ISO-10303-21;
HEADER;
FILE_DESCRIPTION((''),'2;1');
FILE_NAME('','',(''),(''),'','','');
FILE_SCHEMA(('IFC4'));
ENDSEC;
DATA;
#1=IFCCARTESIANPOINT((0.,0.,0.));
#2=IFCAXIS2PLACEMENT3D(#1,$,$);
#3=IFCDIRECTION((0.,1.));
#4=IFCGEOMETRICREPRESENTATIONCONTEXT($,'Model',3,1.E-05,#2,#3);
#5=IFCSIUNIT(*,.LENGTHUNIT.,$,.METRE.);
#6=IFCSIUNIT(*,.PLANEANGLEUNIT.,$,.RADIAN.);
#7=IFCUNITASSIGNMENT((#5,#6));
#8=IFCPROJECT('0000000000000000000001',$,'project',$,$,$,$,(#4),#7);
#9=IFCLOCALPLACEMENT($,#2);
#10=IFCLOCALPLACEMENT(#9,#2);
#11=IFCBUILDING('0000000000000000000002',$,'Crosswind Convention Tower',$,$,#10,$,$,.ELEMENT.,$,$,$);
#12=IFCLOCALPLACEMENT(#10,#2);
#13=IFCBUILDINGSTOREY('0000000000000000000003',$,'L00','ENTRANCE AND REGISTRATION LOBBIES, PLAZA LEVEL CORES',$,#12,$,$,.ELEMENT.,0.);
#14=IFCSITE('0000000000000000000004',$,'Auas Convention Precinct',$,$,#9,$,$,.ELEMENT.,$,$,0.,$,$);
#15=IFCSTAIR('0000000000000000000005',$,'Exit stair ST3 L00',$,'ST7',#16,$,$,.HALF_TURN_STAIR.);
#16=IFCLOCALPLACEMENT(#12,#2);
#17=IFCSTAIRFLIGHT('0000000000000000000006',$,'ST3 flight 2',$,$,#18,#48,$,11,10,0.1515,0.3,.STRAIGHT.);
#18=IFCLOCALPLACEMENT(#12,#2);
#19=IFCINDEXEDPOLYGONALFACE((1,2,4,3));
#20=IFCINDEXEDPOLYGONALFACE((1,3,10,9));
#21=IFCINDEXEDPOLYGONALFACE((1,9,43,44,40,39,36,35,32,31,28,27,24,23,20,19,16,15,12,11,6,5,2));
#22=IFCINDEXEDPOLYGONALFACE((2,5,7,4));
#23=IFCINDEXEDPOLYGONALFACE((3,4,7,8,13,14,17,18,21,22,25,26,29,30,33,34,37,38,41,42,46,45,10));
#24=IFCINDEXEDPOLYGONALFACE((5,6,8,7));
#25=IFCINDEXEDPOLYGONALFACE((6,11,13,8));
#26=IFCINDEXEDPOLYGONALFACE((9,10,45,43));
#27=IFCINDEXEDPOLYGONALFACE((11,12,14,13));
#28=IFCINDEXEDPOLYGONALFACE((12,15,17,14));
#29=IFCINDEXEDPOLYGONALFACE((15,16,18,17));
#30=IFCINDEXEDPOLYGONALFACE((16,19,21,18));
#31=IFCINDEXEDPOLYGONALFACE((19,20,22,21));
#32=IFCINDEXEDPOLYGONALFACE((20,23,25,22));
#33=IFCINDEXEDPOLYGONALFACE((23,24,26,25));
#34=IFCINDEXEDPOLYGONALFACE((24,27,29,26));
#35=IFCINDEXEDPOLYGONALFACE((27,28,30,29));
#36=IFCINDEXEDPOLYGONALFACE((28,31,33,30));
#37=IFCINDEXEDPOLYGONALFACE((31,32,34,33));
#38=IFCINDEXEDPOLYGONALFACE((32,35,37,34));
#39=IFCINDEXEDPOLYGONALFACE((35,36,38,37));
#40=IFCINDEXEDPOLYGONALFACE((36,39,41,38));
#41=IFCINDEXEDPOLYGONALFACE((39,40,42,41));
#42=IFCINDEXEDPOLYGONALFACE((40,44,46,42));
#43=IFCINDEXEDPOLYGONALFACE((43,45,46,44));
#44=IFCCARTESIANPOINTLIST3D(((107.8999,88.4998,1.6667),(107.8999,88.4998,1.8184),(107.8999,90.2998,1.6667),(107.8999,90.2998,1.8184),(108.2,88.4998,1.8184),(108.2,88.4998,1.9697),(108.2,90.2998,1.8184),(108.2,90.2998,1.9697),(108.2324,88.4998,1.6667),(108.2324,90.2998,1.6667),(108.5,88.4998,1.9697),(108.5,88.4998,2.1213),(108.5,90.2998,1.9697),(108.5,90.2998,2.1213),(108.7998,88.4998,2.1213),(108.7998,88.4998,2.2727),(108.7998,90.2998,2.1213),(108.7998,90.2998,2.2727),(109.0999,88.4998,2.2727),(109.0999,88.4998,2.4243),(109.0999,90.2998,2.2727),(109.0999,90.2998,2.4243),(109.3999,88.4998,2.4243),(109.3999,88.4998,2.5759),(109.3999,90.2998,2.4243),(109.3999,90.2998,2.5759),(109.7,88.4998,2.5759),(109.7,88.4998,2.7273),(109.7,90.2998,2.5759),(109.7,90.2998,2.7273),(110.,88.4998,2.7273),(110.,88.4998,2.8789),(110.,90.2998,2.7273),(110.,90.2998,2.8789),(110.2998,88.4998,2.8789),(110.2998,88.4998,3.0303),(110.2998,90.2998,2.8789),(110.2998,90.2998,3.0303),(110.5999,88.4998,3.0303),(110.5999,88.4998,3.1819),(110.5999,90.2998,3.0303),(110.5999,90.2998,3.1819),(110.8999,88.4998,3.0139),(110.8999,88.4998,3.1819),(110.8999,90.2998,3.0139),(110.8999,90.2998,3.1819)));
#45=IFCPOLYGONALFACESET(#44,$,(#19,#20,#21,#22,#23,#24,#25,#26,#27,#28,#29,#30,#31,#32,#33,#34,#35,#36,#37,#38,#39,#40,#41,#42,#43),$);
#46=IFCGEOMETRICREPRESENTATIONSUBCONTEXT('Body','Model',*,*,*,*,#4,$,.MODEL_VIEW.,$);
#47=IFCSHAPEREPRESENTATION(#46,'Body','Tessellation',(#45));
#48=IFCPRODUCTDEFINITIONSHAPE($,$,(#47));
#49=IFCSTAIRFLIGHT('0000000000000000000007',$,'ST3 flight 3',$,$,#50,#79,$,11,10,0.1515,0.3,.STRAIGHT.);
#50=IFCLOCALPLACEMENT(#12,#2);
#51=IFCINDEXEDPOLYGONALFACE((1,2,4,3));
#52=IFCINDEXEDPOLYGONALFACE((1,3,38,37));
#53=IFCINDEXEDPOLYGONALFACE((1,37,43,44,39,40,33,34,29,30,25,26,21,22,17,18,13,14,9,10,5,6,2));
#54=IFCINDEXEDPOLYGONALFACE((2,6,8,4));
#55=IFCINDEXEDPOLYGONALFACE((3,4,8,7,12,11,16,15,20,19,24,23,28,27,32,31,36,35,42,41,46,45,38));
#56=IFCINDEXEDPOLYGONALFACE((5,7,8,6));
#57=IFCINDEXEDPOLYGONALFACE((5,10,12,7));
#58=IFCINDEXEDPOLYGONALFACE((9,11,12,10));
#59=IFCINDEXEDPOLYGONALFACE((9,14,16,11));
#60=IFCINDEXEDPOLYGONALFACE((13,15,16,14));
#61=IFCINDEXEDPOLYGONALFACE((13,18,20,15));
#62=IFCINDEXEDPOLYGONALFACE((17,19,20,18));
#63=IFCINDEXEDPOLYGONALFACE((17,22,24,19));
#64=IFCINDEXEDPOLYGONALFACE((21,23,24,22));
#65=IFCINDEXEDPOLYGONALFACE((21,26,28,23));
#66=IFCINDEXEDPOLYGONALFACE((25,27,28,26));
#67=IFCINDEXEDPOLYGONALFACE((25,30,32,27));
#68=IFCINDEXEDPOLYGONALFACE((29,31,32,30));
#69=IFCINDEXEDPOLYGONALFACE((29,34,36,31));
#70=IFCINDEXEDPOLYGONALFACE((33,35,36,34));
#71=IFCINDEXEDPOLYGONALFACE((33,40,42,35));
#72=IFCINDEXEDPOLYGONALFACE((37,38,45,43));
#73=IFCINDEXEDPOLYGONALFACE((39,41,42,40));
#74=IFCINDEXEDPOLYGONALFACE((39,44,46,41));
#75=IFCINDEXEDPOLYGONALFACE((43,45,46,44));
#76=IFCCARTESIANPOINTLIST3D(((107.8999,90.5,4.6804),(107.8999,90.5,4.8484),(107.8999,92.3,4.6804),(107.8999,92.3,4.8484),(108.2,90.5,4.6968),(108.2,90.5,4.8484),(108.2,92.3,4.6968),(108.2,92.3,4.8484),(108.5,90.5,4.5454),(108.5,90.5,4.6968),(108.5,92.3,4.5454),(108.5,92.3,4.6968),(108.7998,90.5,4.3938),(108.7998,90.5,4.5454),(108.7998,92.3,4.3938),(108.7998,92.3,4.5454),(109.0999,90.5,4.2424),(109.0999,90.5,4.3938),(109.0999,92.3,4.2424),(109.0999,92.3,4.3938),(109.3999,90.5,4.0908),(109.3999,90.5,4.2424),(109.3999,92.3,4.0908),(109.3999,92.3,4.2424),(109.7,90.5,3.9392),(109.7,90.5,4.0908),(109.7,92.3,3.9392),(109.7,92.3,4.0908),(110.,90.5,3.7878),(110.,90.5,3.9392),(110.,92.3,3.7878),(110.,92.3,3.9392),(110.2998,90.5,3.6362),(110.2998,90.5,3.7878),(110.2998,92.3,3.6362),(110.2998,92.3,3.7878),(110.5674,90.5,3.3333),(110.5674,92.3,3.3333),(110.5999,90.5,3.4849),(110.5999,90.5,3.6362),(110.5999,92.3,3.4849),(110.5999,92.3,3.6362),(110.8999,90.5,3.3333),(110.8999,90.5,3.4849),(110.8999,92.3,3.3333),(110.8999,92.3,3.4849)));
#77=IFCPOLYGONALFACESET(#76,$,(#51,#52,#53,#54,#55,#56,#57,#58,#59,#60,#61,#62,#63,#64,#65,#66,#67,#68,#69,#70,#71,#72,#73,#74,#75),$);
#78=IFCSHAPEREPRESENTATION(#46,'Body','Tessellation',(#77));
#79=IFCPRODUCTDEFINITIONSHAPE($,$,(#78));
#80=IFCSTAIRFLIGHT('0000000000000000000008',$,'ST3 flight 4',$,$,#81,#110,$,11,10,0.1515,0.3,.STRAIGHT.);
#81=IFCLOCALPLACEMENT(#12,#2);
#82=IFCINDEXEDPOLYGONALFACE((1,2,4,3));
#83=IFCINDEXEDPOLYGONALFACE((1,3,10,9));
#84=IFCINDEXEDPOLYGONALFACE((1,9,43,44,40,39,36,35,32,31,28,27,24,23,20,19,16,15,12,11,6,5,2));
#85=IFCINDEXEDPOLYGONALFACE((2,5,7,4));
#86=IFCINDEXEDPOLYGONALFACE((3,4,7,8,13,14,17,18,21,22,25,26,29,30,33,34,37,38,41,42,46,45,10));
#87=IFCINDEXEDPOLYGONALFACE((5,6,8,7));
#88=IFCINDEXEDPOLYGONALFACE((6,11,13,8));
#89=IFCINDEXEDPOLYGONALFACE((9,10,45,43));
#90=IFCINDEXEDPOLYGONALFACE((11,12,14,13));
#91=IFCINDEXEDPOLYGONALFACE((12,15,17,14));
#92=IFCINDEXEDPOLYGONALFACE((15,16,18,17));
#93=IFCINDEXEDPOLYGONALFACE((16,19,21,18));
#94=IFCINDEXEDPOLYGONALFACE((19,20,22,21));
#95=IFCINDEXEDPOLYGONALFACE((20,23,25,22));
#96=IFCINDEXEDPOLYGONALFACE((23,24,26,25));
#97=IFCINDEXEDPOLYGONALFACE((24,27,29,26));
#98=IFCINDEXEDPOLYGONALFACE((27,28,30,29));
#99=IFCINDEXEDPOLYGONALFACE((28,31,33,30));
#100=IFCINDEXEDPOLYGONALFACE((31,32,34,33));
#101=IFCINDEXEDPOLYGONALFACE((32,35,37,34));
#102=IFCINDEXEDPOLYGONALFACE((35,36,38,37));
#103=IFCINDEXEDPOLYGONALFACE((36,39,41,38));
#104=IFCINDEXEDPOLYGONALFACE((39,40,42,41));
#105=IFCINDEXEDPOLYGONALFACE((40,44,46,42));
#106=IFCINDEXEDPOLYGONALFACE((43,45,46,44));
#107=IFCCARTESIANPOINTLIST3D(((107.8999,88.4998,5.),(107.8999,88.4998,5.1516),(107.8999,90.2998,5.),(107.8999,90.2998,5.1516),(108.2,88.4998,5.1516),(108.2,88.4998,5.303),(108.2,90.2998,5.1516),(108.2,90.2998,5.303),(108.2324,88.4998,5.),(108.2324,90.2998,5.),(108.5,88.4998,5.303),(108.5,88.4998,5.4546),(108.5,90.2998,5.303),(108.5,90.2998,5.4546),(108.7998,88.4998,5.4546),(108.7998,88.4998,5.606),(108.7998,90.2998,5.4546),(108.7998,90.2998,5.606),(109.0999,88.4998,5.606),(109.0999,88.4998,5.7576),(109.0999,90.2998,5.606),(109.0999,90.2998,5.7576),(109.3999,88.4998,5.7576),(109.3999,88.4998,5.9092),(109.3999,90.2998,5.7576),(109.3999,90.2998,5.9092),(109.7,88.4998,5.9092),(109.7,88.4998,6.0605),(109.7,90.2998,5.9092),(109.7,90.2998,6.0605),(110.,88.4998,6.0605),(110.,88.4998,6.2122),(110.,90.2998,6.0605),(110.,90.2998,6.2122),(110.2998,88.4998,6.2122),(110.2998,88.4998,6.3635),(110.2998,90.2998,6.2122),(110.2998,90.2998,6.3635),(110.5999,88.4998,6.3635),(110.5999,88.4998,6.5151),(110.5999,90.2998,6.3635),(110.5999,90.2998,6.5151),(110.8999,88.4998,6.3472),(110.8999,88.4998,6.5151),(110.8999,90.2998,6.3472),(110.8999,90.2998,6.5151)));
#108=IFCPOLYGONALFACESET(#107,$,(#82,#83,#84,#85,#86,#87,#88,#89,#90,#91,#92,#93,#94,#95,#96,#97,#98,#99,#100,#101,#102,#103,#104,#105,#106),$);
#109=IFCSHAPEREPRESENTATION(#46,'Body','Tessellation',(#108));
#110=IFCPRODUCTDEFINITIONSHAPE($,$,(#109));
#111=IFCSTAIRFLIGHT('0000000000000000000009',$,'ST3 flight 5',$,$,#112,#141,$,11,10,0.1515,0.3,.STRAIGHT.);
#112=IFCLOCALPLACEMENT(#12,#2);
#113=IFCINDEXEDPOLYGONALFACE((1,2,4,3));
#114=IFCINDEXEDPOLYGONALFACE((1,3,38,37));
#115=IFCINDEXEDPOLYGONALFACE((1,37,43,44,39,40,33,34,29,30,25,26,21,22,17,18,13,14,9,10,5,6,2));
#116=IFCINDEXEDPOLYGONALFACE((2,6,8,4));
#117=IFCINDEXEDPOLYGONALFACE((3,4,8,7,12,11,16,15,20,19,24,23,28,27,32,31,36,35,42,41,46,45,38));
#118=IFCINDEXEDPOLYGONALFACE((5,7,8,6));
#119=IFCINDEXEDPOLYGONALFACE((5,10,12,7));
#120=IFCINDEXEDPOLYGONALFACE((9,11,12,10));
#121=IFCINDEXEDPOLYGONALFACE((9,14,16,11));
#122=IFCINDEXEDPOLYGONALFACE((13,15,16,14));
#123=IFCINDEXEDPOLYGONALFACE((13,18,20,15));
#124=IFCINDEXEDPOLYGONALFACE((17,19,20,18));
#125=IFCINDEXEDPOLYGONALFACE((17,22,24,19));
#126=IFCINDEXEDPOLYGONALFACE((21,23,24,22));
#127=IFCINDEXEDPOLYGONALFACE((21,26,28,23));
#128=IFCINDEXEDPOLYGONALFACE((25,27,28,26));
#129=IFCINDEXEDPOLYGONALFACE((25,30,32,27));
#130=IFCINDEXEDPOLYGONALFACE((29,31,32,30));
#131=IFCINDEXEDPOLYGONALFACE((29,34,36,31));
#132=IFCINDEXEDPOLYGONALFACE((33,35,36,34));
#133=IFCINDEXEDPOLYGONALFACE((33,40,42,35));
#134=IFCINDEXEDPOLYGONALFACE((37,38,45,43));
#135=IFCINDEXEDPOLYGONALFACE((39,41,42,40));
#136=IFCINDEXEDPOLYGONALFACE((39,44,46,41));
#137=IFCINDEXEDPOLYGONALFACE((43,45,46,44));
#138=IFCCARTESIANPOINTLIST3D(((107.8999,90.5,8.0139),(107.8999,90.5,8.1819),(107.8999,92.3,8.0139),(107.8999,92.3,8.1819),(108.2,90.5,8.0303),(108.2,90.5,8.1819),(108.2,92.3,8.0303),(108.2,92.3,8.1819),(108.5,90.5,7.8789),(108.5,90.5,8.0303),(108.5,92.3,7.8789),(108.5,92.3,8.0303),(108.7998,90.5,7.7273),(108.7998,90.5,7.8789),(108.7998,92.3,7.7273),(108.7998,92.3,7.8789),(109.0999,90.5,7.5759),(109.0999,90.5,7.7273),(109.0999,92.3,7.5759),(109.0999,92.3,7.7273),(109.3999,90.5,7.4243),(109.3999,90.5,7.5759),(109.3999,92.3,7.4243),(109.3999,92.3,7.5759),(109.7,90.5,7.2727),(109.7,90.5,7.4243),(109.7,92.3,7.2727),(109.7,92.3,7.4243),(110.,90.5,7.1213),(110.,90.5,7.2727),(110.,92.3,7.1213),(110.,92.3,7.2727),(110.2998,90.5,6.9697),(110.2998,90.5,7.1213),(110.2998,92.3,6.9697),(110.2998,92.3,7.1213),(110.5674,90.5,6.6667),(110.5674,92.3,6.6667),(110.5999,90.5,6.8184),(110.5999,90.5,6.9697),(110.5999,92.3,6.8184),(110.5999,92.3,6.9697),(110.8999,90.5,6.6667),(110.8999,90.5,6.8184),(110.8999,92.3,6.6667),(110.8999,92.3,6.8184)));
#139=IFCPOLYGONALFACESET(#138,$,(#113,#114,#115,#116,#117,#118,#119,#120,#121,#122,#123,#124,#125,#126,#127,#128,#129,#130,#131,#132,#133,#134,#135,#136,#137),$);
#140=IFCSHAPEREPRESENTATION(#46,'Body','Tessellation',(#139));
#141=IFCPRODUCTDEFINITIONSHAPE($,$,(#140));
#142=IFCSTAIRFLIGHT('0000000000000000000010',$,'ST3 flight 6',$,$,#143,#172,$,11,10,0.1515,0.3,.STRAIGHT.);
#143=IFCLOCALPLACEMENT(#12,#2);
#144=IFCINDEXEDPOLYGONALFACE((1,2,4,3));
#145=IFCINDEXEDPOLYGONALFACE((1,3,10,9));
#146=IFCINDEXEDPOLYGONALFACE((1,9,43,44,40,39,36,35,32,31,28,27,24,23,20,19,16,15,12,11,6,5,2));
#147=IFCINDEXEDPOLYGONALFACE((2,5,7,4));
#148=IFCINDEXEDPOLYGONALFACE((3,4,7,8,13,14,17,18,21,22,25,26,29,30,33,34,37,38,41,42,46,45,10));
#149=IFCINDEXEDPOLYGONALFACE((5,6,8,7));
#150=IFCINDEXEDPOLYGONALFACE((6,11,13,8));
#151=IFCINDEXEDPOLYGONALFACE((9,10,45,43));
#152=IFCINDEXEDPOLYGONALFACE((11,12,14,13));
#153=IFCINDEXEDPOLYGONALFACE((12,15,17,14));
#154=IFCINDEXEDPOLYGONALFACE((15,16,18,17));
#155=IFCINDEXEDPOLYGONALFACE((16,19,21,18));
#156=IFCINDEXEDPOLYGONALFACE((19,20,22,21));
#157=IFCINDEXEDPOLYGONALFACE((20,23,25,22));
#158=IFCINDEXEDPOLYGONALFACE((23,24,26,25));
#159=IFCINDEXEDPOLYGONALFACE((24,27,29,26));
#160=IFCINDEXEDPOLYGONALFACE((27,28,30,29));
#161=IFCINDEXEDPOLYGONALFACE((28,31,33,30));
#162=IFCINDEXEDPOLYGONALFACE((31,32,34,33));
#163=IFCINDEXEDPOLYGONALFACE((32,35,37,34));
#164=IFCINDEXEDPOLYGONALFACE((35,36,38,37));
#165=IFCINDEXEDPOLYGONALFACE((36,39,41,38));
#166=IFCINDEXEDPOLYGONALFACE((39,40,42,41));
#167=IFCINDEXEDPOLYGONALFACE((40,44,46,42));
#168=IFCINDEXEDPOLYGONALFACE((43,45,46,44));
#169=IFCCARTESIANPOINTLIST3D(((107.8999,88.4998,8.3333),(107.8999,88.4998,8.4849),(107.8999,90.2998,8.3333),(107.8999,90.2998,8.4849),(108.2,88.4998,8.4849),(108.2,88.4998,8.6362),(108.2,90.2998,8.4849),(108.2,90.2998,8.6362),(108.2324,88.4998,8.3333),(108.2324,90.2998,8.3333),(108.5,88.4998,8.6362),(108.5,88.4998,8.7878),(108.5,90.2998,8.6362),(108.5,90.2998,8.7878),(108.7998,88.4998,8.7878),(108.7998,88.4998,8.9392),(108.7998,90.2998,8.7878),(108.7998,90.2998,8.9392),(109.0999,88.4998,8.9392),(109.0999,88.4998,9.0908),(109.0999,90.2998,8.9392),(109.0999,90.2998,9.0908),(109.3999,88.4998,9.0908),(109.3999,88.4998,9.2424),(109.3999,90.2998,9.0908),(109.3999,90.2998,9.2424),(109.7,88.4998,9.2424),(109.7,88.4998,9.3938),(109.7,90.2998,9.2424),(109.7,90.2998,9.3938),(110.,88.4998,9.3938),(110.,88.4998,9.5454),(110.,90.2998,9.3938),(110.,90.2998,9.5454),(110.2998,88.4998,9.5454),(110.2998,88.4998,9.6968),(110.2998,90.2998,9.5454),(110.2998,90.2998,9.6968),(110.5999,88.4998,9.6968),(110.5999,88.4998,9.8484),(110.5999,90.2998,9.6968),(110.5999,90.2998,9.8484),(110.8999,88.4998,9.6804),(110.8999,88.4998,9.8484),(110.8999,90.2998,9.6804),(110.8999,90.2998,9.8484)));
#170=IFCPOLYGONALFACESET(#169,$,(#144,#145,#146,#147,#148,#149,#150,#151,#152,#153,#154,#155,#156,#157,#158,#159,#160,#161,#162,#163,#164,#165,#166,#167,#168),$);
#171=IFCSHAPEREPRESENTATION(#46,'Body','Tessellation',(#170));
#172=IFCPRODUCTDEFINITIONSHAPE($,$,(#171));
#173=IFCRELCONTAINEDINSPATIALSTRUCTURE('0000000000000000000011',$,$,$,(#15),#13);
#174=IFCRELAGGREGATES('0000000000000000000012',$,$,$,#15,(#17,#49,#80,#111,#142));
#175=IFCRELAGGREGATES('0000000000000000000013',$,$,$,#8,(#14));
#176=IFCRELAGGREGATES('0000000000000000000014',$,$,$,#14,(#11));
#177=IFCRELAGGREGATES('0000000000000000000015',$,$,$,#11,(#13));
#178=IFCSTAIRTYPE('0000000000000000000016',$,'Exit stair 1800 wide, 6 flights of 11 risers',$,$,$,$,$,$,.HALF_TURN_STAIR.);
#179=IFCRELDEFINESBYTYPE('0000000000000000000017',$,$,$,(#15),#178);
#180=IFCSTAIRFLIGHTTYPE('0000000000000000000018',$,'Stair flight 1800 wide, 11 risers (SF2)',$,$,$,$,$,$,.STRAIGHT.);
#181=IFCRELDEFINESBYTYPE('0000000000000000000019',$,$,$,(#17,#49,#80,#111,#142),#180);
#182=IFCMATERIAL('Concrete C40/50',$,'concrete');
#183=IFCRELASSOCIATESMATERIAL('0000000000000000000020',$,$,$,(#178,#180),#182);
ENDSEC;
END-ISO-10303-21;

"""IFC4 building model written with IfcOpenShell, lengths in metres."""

from ifc_helpers import new_model, si_unit, direction, frame, origin, place, context, subcontext, project, spatial, polyline, outline, extrude, material, type_object, element, aggregate, save


model = new_model("IFC4")

# Units and contexts
model_context = context("Model", 3, precision=1e-05, world=origin(), true_north=direction((0.0, 1.0)))
body_context = subcontext(model_context, "Body", "Model", "MODEL_VIEW")
ifc_project = project(units=[si_unit("LENGTHUNIT", "METRE"), si_unit("PLANEANGLEUNIT", "RADIAN")], contexts=[model_context])

# Site, building, storey
site_placement = place(None, origin())
site = spatial("IfcSite", under=ifc_project, at=site_placement, Name="Auas Convention Precinct", CompositionType="ELEMENT", RefElevation=0.0)
building_placement = place(site_placement, origin())
building = spatial("IfcBuilding", under=site, at=building_placement, Name="Crosswind Convention Tower", CompositionType="ELEMENT")
storey_placement = place(building_placement, origin())
storey = spatial("IfcBuildingStorey", under=building, at=storey_placement, Name="L00", Description="ENTRANCE AND REGISTRATION LOBBIES, PLAZA LEVEL CORES", CompositionType="ELEMENT", Elevation=0.0)

# Shared definitions
ifc_material_1 = material(Name="Concrete C40/50", Category="concrete")

# Stair, stair flights
stair_type = type_object("IfcStairType", Name="Exit stair 1800 wide, 6 flights of 11 risers", PredefinedType="HALF_TURN_STAIR", material=ifc_material_1)
stair_placement = place(storey_placement, origin())
stair = element("IfcStair", 1, at=stair_placement, inside=storey, type_object=stair_type, Name="Exit stair ST3 L00", ObjectType="ST7", PredefinedType="HALF_TURN_STAIR")
stair_flight_type = type_object("IfcStairFlightType", Name="Stair flight 1800 wide, 11 risers (SF2)", PredefinedType="STRAIGHT", material=ifc_material_1)
stair_flight_1_placement = place(storey_placement, frame((107.8999, 89.3999, 1.6667), z_axis=(0.0, 0.0, 1.0), x_axis=(1.0, 0.0, 0.0)))
stair_flight_1 = element("IfcStairFlight", 2, at=stair_flight_1_placement, type_object=stair_flight_type, Name="ST3 flight 2", NumberOfRisers=11, NumberOfTreads=10, PredefinedType="STRAIGHT", RiserHeight=0.1515, TreadLength=0.3, context=body_context, shape_type="SweptSolid", body=[
    extrude(outline(polyline([(0.0, 0.0), (0.0, 0.1516), (0.3, 0.1516), (0.3, 0.303), (0.6001, 0.303), (0.6001, 0.4546), (0.8999, 0.4546), (0.8999, 0.606), (1.2, 0.606), (1.2, 0.7576), (1.5, 0.7576), (1.5, 0.9092), (1.8, 0.9092), (1.8, 1.0605), (2.1001, 1.0605), (2.1001, 1.2122), (2.3999, 1.2122), (2.3999, 1.3635), (2.7, 1.3635), (2.7, 1.5151), (3.0, 1.5151), (3.0, 1.6667), (3.0, 1.3472), (0.3325, 0.0), (0.0, 0.0)])), frame((0.0, 0.8999, 0.0), z_axis=(0.0, -1.0, 0.0), x_axis=(1.0, 0.0, 0.0)), (0.0, 0.0, 1.0), 1.8),
])
stair_flight_2_placement = place(storey_placement, frame((110.8999, 91.3999, 3.3333), z_axis=(0.0, 0.0, 1.0), x_axis=(-1.0, 0.0, 0.0)))
stair_flight_2 = element("IfcStairFlight", 3, at=stair_flight_2_placement, type_object=stair_flight_type, Name="ST3 flight 3", NumberOfRisers=11, NumberOfTreads=10, PredefinedType="STRAIGHT", RiserHeight=0.1515, TreadLength=0.3, context=body_context, shape_type="SweptSolid", body=[
    extrude(outline(polyline([(0.0, 0.0), (0.0, 0.1516), (0.3, 0.1516), (0.3, 0.303), (0.6001, 0.303), (0.6001, 0.4546), (0.8999, 0.4546), (0.8999, 0.606), (1.2, 0.606), (1.2, 0.7576), (1.5, 0.7576), (1.5, 0.9092), (1.8, 0.9092), (1.8, 1.0605), (2.1001, 1.0605), (2.1001, 1.2122), (2.3999, 1.2122), (2.3999, 1.3635), (2.7, 1.3635), (2.7, 1.5151), (3.0, 1.5151), (3.0, 1.6667), (3.0, 1.3472), (0.3325, 0.0), (0.0, 0.0)])), frame((0.0, 0.8999, 0.0), z_axis=(0.0, -1.0, 0.0), x_axis=(1.0, 0.0, 0.0)), (0.0, 0.0, 1.0), 1.8),
])
stair_flight_3_placement = place(storey_placement, frame((107.8999, 89.3999, 5.0), z_axis=(0.0, 0.0, 1.0), x_axis=(1.0, 0.0, 0.0)))
stair_flight_3 = element("IfcStairFlight", 4, at=stair_flight_3_placement, type_object=stair_flight_type, Name="ST3 flight 4", NumberOfRisers=11, NumberOfTreads=10, PredefinedType="STRAIGHT", RiserHeight=0.1515, TreadLength=0.3, context=body_context, shape_type="SweptSolid", body=[
    extrude(outline(polyline([(0.0, 0.0), (0.0, 0.1516), (0.3, 0.1516), (0.3, 0.303), (0.6001, 0.303), (0.6001, 0.4546), (0.8999, 0.4546), (0.8999, 0.606), (1.2, 0.606), (1.2, 0.7576), (1.5, 0.7576), (1.5, 0.9092), (1.8, 0.9092), (1.8, 1.0605), (2.1001, 1.0605), (2.1001, 1.2122), (2.3999, 1.2122), (2.3999, 1.3635), (2.7, 1.3635), (2.7, 1.5151), (3.0, 1.5151), (3.0, 1.6667), (3.0, 1.3472), (0.3325, 0.0), (0.0, 0.0)])), frame((0.0, 0.8999, 0.0), z_axis=(0.0, -1.0, 0.0), x_axis=(1.0, 0.0, 0.0)), (0.0, 0.0, 1.0), 1.8),
])
stair_flight_4_placement = place(storey_placement, frame((110.8999, 91.3999, 6.6667), z_axis=(0.0, 0.0, 1.0), x_axis=(-1.0, 0.0, 0.0)))
stair_flight_4 = element("IfcStairFlight", 5, at=stair_flight_4_placement, type_object=stair_flight_type, Name="ST3 flight 5", NumberOfRisers=11, NumberOfTreads=10, PredefinedType="STRAIGHT", RiserHeight=0.1515, TreadLength=0.3, context=body_context, shape_type="SweptSolid", body=[
    extrude(outline(polyline([(0.0, 0.0), (0.0, 0.1516), (0.3, 0.1516), (0.3, 0.303), (0.6001, 0.303), (0.6001, 0.4546), (0.8999, 0.4546), (0.8999, 0.606), (1.2, 0.606), (1.2, 0.7576), (1.5, 0.7576), (1.5, 0.9092), (1.8, 0.9092), (1.8, 1.0605), (2.1001, 1.0605), (2.1001, 1.2122), (2.3999, 1.2122), (2.3999, 1.3635), (2.7, 1.3635), (2.7, 1.5151), (3.0, 1.5151), (3.0, 1.6667), (3.0, 1.3472), (0.3325, 0.0), (0.0, 0.0)])), frame((0.0, 0.8999, 0.0), z_axis=(0.0, -1.0, 0.0), x_axis=(1.0, 0.0, 0.0)), (0.0, 0.0, 1.0), 1.8),
])
stair_flight_5_placement = place(storey_placement, frame((107.8999, 89.3999, 8.3333), z_axis=(0.0, 0.0, 1.0), x_axis=(1.0, 0.0, 0.0)))
stair_flight_5 = element("IfcStairFlight", 6, at=stair_flight_5_placement, type_object=stair_flight_type, Name="ST3 flight 6", NumberOfRisers=11, NumberOfTreads=10, PredefinedType="STRAIGHT", RiserHeight=0.1515, TreadLength=0.3, context=body_context, shape_type="SweptSolid", body=[
    extrude(outline(polyline([(0.0, 0.0), (0.0, 0.1516), (0.3, 0.1516), (0.3, 0.303), (0.6001, 0.303), (0.6001, 0.4546), (0.8999, 0.4546), (0.8999, 0.606), (1.2, 0.606), (1.2, 0.7576), (1.5, 0.7576), (1.5, 0.9092), (1.8, 0.9092), (1.8, 1.0605), (2.1001, 1.0605), (2.1001, 1.2122), (2.3999, 1.2122), (2.3999, 1.3635), (2.7, 1.3635), (2.7, 1.5151), (3.0, 1.5151), (3.0, 1.6667), (3.0, 1.3472), (0.3325, 0.0), (0.0, 0.0)])), frame((0.0, 0.8999, 0.0), z_axis=(0.0, -1.0, 0.0), x_axis=(1.0, 0.0, 0.0)), (0.0, 0.0, 1.0), 1.8),
])
aggregate(stair, [stair_flight_1, stair_flight_2, stair_flight_3, stair_flight_4, stair_flight_5])

save(model, "model.ifc")
